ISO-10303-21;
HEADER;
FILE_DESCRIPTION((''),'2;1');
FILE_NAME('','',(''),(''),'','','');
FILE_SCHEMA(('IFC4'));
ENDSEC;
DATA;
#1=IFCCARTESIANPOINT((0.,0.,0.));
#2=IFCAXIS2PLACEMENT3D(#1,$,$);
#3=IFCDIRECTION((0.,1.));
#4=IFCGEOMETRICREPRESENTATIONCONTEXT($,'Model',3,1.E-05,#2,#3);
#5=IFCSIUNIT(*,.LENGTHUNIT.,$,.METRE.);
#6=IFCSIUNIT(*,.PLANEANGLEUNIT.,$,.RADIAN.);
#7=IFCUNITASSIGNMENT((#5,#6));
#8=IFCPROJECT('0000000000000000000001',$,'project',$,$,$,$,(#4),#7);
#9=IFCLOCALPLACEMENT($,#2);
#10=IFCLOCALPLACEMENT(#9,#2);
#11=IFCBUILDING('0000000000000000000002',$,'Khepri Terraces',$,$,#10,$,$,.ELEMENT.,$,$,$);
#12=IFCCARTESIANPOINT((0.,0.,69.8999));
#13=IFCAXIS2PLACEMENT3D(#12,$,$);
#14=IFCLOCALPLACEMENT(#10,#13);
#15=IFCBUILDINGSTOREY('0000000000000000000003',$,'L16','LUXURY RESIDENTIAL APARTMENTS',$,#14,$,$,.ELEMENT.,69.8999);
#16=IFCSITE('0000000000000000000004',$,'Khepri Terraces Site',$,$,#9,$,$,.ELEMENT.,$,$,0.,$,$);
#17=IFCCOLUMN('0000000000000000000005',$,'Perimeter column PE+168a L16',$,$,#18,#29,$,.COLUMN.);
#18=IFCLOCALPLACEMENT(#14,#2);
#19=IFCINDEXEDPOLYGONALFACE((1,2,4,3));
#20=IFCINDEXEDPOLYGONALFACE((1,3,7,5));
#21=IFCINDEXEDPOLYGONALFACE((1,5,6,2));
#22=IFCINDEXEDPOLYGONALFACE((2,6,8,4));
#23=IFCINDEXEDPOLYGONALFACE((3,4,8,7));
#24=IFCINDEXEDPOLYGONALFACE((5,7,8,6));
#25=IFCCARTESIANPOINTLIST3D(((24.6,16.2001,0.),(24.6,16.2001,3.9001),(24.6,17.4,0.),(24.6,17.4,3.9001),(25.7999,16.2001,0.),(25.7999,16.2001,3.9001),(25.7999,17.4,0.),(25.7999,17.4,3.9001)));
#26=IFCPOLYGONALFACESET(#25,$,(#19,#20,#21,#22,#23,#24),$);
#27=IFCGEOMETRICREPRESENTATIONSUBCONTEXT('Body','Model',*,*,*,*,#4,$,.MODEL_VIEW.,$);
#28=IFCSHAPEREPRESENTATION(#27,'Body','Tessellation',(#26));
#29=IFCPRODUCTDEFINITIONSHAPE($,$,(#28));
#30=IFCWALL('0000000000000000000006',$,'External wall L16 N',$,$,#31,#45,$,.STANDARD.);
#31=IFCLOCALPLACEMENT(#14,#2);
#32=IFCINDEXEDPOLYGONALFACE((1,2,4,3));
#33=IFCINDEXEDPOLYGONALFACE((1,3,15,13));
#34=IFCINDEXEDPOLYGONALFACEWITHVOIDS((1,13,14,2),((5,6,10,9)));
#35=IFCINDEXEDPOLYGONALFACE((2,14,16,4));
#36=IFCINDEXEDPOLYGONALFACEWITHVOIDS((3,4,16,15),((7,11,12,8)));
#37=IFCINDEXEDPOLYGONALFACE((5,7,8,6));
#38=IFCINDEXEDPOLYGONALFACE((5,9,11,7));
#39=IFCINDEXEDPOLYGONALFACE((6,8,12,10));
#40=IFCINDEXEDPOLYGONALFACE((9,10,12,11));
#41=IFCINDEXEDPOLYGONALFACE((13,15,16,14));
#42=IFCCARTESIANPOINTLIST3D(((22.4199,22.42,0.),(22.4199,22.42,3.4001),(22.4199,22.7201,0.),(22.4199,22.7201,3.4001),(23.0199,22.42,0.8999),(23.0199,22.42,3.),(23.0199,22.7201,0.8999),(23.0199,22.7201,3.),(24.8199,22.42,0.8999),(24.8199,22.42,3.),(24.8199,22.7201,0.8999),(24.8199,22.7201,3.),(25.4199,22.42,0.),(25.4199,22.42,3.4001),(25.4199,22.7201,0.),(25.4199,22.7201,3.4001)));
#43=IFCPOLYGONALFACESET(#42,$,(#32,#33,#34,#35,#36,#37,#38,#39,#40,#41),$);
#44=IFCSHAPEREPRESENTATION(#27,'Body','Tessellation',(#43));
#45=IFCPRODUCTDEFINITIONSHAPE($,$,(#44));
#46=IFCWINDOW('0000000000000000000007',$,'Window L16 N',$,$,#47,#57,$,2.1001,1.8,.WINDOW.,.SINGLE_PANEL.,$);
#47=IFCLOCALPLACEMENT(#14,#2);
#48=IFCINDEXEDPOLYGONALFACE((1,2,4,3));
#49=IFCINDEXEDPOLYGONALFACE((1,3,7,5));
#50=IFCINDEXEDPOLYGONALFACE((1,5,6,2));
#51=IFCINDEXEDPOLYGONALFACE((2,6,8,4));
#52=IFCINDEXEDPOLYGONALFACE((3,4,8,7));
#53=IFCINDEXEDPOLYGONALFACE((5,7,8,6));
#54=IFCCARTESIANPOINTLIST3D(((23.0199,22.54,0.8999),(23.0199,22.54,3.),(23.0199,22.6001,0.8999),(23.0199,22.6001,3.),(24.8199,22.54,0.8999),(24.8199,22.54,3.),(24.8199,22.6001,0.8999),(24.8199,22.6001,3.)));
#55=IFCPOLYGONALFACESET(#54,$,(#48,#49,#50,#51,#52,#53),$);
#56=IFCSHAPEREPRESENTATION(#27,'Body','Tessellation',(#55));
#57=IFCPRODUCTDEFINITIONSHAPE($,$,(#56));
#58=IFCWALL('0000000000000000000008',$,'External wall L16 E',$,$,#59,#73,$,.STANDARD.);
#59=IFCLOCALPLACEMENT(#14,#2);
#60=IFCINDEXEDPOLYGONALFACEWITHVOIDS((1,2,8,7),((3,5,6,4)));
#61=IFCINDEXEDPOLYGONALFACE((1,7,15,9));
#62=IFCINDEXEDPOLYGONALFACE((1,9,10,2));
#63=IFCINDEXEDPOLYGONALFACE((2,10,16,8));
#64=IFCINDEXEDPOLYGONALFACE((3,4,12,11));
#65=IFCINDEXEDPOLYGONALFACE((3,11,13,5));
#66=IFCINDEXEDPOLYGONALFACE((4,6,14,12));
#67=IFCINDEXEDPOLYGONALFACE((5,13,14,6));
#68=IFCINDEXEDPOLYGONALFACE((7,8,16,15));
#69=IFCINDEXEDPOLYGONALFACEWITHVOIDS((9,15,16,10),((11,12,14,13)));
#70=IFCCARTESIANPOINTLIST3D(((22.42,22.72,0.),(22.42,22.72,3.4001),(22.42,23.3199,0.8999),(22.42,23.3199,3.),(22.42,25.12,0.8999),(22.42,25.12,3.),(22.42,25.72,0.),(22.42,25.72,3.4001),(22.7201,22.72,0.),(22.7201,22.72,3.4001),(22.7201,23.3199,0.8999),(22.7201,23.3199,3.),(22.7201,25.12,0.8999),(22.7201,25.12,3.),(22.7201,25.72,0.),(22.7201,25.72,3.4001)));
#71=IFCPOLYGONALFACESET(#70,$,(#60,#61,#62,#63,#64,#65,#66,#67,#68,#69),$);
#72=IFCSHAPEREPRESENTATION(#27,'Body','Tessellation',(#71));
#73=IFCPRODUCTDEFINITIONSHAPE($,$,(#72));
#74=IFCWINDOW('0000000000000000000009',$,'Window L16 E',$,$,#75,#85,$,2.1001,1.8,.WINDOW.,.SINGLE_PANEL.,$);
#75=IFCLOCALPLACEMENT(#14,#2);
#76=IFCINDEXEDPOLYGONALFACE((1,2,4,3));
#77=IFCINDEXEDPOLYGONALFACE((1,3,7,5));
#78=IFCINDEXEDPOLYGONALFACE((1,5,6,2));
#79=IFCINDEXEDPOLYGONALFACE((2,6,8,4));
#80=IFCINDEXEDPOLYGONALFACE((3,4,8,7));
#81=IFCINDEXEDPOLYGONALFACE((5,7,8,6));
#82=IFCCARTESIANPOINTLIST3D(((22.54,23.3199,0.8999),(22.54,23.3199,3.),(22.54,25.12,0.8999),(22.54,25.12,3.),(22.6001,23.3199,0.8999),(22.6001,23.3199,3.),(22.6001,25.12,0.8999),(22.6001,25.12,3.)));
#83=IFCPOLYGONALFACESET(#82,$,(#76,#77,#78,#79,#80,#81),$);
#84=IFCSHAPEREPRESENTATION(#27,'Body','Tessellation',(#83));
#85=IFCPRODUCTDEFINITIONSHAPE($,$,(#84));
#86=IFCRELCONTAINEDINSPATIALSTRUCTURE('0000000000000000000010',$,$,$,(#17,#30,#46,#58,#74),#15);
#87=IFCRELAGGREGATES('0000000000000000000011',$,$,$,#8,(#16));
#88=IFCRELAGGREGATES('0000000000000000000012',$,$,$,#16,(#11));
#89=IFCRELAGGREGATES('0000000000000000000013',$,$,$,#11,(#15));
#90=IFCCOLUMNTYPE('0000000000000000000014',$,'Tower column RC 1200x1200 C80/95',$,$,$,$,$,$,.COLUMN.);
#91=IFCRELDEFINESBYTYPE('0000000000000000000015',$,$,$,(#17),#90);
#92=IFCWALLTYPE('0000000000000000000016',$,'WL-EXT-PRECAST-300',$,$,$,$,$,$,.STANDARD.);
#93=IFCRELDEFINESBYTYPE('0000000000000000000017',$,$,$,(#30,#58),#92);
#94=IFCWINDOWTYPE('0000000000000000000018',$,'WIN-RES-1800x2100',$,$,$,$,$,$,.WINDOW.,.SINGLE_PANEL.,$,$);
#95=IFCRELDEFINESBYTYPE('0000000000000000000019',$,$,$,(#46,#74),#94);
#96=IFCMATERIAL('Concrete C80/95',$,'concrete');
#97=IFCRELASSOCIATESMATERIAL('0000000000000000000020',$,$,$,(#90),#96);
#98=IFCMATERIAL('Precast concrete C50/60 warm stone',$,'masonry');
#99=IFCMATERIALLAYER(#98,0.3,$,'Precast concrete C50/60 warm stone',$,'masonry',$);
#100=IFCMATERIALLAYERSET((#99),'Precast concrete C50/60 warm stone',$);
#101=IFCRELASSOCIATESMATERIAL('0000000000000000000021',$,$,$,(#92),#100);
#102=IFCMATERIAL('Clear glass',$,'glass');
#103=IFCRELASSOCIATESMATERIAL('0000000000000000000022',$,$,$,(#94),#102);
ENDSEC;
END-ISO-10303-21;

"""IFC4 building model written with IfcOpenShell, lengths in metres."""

from ifc_helpers import new_model, si_unit, direction, frame, frame_2d, origin, origin_2d, place, context, subcontext, project, spatial, rectangle, extrude, material, layer, layer_set, material_profile, profile_set, type_object, element, fill, save


model = new_model("IFC4")

# Units and contexts
model_context = context("Model", 3, precision=1e-05, world=origin(), true_north=direction((0.0, 1.0)))
body_context = subcontext(model_context, "Body", "Model", "MODEL_VIEW")
ifc_project = project(units=[si_unit("LENGTHUNIT", "METRE"), si_unit("PLANEANGLEUNIT", "RADIAN")], contexts=[model_context])

# Site, building, storey
site_placement = place(None, origin())
site = spatial("IfcSite", under=ifc_project, at=site_placement, Name="Khepri Terraces Site", CompositionType="ELEMENT", RefElevation=0.0)
building_placement = place(site_placement, origin())
building = spatial("IfcBuilding", under=site, at=building_placement, Name="Khepri Terraces", CompositionType="ELEMENT")
storey_placement = place(building_placement, frame((0.0, 0.0, 69.8999)))
storey = spatial("IfcBuildingStorey", under=building, at=storey_placement, Name="L16", Description="LUXURY RESIDENTIAL APARTMENTS", CompositionType="ELEMENT", Elevation=69.8999)

# Column
ifc_material_1 = material(Name="Concrete C80/95", Category="concrete")
ifc_material_profile = material_profile(ifc_material_1, rectangle(XDim=1.2, YDim=1.2, at=origin_2d()), Name="Concrete C80/95", Category="concrete")
ifc_profile_set = profile_set([ifc_material_profile], Name="Concrete C80/95")
column_type = type_object("IfcColumnType", Name="Tower column RC 1200x1200 C80/95", PredefinedType="COLUMN", material=ifc_profile_set)
column_placement = place(storey_placement, frame((25.2, 16.8, 0.0), z_axis=(0.0, 0.0, 1.0), x_axis=(1.0, 0.0, 0.0)))
element("IfcColumn", 1, at=column_placement, inside=storey, type_object=column_type, Name="Perimeter column PE+168a L16", PredefinedType="COLUMN", context=body_context, shape_type="SweptSolid", body=[
    extrude(rectangle(XDim=1.2, YDim=1.2, at=origin_2d()), origin(), (0.0, 0.0, 1.0), 3.9001),
])

# Shared definitions
ifc_material_2 = material(Name="Precast concrete C50/60 warm stone", Category="masonry")
ifc_layer = layer(ifc_material_2, 0.3, Name="Precast concrete C50/60 warm stone", Category="masonry")
ifc_layer_set = layer_set([ifc_layer], Name="Precast concrete C50/60 warm stone")
wall_type = type_object("IfcWallType", Name="WL-EXT-PRECAST-300", PredefinedType="STANDARD", material=ifc_layer_set)
ifc_material_3 = material(Name="Clear glass", Category="glass")
window_type = type_object("IfcWindowType", Name="WIN-RES-1800x2100", PartitioningType="SINGLE_PANEL", PredefinedType="WINDOW", material=ifc_material_3)

# Walls, openings, windows
wall_1_placement = place(storey_placement, frame((25.4199, 22.5701, 0.0), z_axis=(0.0, 0.0, 1.0), x_axis=(-1.0, 0.0, 0.0)))
wall_1 = element("IfcWall", 2, at=wall_1_placement, inside=storey, type_object=wall_type, Name="External wall L16 N", PredefinedType="STANDARD", context=body_context, shape_type="SweptSolid", body=[
    extrude(rectangle(XDim=3.0, YDim=0.3, at=frame_2d((1.5, 0.0))), origin(), (0.0, 0.0, 1.0), 3.4001),
])
opening_1_placement = place(wall_1_placement, frame((0.6001, 0.0, 0.8999)))
opening_1 = element("IfcOpeningElement", 3, at=opening_1_placement, cuts=wall_1, PredefinedType="OPENING", context=body_context, shape_type="SweptSolid", body=[
    extrude(rectangle(XDim=1.8, YDim=2.1001, at=frame_2d((0.8999, 1.05))), frame((0.0, 0.1602, 0.0), z_axis=(0.0, -1.0, 0.0), x_axis=(1.0, 0.0, 0.0)), (0.0, 0.0, 1.0), 0.3201),
])
window_1_placement = place(opening_1_placement, origin())
window_1 = element("IfcWindow", 4, at=window_1_placement, inside=storey, type_object=window_type, Name="Window L16 N", OverallHeight=2.1001, OverallWidth=1.8, PartitioningType="SINGLE_PANEL", PredefinedType="WINDOW", context=body_context, shape_type="SweptSolid", body=[
    extrude(rectangle(XDim=1.8, YDim=2.1001, at=frame_2d((0.8999, 1.05))), frame((0.0, 0.03, 0.0), z_axis=(0.0, -1.0, 0.0), x_axis=(1.0, 0.0, 0.0)), (0.0, 0.0, 1.0), 0.0601),
])
fill(opening_1, window_1)
wall_2_placement = place(storey_placement, frame((22.5701, 22.72, 0.0), z_axis=(0.0, 0.0, 1.0), x_axis=(0.0, 1.0, 0.0)))
wall_2 = element("IfcWall", 5, at=wall_2_placement, inside=storey, type_object=wall_type, Name="External wall L16 E", PredefinedType="STANDARD", context=body_context, shape_type="SweptSolid", body=[
    extrude(rectangle(XDim=3.0, YDim=0.3, at=frame_2d((1.5, 0.0))), origin(), (0.0, 0.0, 1.0), 3.4001),
])
opening_2_placement = place(wall_2_placement, frame((0.6001, 0.0, 0.8999)))
opening_2 = element("IfcOpeningElement", 6, at=opening_2_placement, cuts=wall_2, PredefinedType="OPENING", context=body_context, shape_type="SweptSolid", body=[
    extrude(rectangle(XDim=1.8, YDim=2.1001, at=frame_2d((0.8999, 1.05))), frame((0.0, 0.1602, 0.0), z_axis=(0.0, -1.0, 0.0), x_axis=(1.0, 0.0, 0.0)), (0.0, 0.0, 1.0), 0.3201),
])
window_2_placement = place(opening_2_placement, origin())
window_2 = element("IfcWindow", 7, at=window_2_placement, inside=storey, type_object=window_type, Name="Window L16 E", OverallHeight=2.1001, OverallWidth=1.8, PartitioningType="SINGLE_PANEL", PredefinedType="WINDOW", context=body_context, shape_type="SweptSolid", body=[
    extrude(rectangle(XDim=1.8, YDim=2.1001, at=frame_2d((0.8999, 1.05))), frame((0.0, 0.03, 0.0), z_axis=(0.0, -1.0, 0.0), x_axis=(1.0, 0.0, 0.0)), (0.0, 0.0, 1.0), 0.0601),
])
fill(opening_2, window_2)

save(model, "model.ifc")
